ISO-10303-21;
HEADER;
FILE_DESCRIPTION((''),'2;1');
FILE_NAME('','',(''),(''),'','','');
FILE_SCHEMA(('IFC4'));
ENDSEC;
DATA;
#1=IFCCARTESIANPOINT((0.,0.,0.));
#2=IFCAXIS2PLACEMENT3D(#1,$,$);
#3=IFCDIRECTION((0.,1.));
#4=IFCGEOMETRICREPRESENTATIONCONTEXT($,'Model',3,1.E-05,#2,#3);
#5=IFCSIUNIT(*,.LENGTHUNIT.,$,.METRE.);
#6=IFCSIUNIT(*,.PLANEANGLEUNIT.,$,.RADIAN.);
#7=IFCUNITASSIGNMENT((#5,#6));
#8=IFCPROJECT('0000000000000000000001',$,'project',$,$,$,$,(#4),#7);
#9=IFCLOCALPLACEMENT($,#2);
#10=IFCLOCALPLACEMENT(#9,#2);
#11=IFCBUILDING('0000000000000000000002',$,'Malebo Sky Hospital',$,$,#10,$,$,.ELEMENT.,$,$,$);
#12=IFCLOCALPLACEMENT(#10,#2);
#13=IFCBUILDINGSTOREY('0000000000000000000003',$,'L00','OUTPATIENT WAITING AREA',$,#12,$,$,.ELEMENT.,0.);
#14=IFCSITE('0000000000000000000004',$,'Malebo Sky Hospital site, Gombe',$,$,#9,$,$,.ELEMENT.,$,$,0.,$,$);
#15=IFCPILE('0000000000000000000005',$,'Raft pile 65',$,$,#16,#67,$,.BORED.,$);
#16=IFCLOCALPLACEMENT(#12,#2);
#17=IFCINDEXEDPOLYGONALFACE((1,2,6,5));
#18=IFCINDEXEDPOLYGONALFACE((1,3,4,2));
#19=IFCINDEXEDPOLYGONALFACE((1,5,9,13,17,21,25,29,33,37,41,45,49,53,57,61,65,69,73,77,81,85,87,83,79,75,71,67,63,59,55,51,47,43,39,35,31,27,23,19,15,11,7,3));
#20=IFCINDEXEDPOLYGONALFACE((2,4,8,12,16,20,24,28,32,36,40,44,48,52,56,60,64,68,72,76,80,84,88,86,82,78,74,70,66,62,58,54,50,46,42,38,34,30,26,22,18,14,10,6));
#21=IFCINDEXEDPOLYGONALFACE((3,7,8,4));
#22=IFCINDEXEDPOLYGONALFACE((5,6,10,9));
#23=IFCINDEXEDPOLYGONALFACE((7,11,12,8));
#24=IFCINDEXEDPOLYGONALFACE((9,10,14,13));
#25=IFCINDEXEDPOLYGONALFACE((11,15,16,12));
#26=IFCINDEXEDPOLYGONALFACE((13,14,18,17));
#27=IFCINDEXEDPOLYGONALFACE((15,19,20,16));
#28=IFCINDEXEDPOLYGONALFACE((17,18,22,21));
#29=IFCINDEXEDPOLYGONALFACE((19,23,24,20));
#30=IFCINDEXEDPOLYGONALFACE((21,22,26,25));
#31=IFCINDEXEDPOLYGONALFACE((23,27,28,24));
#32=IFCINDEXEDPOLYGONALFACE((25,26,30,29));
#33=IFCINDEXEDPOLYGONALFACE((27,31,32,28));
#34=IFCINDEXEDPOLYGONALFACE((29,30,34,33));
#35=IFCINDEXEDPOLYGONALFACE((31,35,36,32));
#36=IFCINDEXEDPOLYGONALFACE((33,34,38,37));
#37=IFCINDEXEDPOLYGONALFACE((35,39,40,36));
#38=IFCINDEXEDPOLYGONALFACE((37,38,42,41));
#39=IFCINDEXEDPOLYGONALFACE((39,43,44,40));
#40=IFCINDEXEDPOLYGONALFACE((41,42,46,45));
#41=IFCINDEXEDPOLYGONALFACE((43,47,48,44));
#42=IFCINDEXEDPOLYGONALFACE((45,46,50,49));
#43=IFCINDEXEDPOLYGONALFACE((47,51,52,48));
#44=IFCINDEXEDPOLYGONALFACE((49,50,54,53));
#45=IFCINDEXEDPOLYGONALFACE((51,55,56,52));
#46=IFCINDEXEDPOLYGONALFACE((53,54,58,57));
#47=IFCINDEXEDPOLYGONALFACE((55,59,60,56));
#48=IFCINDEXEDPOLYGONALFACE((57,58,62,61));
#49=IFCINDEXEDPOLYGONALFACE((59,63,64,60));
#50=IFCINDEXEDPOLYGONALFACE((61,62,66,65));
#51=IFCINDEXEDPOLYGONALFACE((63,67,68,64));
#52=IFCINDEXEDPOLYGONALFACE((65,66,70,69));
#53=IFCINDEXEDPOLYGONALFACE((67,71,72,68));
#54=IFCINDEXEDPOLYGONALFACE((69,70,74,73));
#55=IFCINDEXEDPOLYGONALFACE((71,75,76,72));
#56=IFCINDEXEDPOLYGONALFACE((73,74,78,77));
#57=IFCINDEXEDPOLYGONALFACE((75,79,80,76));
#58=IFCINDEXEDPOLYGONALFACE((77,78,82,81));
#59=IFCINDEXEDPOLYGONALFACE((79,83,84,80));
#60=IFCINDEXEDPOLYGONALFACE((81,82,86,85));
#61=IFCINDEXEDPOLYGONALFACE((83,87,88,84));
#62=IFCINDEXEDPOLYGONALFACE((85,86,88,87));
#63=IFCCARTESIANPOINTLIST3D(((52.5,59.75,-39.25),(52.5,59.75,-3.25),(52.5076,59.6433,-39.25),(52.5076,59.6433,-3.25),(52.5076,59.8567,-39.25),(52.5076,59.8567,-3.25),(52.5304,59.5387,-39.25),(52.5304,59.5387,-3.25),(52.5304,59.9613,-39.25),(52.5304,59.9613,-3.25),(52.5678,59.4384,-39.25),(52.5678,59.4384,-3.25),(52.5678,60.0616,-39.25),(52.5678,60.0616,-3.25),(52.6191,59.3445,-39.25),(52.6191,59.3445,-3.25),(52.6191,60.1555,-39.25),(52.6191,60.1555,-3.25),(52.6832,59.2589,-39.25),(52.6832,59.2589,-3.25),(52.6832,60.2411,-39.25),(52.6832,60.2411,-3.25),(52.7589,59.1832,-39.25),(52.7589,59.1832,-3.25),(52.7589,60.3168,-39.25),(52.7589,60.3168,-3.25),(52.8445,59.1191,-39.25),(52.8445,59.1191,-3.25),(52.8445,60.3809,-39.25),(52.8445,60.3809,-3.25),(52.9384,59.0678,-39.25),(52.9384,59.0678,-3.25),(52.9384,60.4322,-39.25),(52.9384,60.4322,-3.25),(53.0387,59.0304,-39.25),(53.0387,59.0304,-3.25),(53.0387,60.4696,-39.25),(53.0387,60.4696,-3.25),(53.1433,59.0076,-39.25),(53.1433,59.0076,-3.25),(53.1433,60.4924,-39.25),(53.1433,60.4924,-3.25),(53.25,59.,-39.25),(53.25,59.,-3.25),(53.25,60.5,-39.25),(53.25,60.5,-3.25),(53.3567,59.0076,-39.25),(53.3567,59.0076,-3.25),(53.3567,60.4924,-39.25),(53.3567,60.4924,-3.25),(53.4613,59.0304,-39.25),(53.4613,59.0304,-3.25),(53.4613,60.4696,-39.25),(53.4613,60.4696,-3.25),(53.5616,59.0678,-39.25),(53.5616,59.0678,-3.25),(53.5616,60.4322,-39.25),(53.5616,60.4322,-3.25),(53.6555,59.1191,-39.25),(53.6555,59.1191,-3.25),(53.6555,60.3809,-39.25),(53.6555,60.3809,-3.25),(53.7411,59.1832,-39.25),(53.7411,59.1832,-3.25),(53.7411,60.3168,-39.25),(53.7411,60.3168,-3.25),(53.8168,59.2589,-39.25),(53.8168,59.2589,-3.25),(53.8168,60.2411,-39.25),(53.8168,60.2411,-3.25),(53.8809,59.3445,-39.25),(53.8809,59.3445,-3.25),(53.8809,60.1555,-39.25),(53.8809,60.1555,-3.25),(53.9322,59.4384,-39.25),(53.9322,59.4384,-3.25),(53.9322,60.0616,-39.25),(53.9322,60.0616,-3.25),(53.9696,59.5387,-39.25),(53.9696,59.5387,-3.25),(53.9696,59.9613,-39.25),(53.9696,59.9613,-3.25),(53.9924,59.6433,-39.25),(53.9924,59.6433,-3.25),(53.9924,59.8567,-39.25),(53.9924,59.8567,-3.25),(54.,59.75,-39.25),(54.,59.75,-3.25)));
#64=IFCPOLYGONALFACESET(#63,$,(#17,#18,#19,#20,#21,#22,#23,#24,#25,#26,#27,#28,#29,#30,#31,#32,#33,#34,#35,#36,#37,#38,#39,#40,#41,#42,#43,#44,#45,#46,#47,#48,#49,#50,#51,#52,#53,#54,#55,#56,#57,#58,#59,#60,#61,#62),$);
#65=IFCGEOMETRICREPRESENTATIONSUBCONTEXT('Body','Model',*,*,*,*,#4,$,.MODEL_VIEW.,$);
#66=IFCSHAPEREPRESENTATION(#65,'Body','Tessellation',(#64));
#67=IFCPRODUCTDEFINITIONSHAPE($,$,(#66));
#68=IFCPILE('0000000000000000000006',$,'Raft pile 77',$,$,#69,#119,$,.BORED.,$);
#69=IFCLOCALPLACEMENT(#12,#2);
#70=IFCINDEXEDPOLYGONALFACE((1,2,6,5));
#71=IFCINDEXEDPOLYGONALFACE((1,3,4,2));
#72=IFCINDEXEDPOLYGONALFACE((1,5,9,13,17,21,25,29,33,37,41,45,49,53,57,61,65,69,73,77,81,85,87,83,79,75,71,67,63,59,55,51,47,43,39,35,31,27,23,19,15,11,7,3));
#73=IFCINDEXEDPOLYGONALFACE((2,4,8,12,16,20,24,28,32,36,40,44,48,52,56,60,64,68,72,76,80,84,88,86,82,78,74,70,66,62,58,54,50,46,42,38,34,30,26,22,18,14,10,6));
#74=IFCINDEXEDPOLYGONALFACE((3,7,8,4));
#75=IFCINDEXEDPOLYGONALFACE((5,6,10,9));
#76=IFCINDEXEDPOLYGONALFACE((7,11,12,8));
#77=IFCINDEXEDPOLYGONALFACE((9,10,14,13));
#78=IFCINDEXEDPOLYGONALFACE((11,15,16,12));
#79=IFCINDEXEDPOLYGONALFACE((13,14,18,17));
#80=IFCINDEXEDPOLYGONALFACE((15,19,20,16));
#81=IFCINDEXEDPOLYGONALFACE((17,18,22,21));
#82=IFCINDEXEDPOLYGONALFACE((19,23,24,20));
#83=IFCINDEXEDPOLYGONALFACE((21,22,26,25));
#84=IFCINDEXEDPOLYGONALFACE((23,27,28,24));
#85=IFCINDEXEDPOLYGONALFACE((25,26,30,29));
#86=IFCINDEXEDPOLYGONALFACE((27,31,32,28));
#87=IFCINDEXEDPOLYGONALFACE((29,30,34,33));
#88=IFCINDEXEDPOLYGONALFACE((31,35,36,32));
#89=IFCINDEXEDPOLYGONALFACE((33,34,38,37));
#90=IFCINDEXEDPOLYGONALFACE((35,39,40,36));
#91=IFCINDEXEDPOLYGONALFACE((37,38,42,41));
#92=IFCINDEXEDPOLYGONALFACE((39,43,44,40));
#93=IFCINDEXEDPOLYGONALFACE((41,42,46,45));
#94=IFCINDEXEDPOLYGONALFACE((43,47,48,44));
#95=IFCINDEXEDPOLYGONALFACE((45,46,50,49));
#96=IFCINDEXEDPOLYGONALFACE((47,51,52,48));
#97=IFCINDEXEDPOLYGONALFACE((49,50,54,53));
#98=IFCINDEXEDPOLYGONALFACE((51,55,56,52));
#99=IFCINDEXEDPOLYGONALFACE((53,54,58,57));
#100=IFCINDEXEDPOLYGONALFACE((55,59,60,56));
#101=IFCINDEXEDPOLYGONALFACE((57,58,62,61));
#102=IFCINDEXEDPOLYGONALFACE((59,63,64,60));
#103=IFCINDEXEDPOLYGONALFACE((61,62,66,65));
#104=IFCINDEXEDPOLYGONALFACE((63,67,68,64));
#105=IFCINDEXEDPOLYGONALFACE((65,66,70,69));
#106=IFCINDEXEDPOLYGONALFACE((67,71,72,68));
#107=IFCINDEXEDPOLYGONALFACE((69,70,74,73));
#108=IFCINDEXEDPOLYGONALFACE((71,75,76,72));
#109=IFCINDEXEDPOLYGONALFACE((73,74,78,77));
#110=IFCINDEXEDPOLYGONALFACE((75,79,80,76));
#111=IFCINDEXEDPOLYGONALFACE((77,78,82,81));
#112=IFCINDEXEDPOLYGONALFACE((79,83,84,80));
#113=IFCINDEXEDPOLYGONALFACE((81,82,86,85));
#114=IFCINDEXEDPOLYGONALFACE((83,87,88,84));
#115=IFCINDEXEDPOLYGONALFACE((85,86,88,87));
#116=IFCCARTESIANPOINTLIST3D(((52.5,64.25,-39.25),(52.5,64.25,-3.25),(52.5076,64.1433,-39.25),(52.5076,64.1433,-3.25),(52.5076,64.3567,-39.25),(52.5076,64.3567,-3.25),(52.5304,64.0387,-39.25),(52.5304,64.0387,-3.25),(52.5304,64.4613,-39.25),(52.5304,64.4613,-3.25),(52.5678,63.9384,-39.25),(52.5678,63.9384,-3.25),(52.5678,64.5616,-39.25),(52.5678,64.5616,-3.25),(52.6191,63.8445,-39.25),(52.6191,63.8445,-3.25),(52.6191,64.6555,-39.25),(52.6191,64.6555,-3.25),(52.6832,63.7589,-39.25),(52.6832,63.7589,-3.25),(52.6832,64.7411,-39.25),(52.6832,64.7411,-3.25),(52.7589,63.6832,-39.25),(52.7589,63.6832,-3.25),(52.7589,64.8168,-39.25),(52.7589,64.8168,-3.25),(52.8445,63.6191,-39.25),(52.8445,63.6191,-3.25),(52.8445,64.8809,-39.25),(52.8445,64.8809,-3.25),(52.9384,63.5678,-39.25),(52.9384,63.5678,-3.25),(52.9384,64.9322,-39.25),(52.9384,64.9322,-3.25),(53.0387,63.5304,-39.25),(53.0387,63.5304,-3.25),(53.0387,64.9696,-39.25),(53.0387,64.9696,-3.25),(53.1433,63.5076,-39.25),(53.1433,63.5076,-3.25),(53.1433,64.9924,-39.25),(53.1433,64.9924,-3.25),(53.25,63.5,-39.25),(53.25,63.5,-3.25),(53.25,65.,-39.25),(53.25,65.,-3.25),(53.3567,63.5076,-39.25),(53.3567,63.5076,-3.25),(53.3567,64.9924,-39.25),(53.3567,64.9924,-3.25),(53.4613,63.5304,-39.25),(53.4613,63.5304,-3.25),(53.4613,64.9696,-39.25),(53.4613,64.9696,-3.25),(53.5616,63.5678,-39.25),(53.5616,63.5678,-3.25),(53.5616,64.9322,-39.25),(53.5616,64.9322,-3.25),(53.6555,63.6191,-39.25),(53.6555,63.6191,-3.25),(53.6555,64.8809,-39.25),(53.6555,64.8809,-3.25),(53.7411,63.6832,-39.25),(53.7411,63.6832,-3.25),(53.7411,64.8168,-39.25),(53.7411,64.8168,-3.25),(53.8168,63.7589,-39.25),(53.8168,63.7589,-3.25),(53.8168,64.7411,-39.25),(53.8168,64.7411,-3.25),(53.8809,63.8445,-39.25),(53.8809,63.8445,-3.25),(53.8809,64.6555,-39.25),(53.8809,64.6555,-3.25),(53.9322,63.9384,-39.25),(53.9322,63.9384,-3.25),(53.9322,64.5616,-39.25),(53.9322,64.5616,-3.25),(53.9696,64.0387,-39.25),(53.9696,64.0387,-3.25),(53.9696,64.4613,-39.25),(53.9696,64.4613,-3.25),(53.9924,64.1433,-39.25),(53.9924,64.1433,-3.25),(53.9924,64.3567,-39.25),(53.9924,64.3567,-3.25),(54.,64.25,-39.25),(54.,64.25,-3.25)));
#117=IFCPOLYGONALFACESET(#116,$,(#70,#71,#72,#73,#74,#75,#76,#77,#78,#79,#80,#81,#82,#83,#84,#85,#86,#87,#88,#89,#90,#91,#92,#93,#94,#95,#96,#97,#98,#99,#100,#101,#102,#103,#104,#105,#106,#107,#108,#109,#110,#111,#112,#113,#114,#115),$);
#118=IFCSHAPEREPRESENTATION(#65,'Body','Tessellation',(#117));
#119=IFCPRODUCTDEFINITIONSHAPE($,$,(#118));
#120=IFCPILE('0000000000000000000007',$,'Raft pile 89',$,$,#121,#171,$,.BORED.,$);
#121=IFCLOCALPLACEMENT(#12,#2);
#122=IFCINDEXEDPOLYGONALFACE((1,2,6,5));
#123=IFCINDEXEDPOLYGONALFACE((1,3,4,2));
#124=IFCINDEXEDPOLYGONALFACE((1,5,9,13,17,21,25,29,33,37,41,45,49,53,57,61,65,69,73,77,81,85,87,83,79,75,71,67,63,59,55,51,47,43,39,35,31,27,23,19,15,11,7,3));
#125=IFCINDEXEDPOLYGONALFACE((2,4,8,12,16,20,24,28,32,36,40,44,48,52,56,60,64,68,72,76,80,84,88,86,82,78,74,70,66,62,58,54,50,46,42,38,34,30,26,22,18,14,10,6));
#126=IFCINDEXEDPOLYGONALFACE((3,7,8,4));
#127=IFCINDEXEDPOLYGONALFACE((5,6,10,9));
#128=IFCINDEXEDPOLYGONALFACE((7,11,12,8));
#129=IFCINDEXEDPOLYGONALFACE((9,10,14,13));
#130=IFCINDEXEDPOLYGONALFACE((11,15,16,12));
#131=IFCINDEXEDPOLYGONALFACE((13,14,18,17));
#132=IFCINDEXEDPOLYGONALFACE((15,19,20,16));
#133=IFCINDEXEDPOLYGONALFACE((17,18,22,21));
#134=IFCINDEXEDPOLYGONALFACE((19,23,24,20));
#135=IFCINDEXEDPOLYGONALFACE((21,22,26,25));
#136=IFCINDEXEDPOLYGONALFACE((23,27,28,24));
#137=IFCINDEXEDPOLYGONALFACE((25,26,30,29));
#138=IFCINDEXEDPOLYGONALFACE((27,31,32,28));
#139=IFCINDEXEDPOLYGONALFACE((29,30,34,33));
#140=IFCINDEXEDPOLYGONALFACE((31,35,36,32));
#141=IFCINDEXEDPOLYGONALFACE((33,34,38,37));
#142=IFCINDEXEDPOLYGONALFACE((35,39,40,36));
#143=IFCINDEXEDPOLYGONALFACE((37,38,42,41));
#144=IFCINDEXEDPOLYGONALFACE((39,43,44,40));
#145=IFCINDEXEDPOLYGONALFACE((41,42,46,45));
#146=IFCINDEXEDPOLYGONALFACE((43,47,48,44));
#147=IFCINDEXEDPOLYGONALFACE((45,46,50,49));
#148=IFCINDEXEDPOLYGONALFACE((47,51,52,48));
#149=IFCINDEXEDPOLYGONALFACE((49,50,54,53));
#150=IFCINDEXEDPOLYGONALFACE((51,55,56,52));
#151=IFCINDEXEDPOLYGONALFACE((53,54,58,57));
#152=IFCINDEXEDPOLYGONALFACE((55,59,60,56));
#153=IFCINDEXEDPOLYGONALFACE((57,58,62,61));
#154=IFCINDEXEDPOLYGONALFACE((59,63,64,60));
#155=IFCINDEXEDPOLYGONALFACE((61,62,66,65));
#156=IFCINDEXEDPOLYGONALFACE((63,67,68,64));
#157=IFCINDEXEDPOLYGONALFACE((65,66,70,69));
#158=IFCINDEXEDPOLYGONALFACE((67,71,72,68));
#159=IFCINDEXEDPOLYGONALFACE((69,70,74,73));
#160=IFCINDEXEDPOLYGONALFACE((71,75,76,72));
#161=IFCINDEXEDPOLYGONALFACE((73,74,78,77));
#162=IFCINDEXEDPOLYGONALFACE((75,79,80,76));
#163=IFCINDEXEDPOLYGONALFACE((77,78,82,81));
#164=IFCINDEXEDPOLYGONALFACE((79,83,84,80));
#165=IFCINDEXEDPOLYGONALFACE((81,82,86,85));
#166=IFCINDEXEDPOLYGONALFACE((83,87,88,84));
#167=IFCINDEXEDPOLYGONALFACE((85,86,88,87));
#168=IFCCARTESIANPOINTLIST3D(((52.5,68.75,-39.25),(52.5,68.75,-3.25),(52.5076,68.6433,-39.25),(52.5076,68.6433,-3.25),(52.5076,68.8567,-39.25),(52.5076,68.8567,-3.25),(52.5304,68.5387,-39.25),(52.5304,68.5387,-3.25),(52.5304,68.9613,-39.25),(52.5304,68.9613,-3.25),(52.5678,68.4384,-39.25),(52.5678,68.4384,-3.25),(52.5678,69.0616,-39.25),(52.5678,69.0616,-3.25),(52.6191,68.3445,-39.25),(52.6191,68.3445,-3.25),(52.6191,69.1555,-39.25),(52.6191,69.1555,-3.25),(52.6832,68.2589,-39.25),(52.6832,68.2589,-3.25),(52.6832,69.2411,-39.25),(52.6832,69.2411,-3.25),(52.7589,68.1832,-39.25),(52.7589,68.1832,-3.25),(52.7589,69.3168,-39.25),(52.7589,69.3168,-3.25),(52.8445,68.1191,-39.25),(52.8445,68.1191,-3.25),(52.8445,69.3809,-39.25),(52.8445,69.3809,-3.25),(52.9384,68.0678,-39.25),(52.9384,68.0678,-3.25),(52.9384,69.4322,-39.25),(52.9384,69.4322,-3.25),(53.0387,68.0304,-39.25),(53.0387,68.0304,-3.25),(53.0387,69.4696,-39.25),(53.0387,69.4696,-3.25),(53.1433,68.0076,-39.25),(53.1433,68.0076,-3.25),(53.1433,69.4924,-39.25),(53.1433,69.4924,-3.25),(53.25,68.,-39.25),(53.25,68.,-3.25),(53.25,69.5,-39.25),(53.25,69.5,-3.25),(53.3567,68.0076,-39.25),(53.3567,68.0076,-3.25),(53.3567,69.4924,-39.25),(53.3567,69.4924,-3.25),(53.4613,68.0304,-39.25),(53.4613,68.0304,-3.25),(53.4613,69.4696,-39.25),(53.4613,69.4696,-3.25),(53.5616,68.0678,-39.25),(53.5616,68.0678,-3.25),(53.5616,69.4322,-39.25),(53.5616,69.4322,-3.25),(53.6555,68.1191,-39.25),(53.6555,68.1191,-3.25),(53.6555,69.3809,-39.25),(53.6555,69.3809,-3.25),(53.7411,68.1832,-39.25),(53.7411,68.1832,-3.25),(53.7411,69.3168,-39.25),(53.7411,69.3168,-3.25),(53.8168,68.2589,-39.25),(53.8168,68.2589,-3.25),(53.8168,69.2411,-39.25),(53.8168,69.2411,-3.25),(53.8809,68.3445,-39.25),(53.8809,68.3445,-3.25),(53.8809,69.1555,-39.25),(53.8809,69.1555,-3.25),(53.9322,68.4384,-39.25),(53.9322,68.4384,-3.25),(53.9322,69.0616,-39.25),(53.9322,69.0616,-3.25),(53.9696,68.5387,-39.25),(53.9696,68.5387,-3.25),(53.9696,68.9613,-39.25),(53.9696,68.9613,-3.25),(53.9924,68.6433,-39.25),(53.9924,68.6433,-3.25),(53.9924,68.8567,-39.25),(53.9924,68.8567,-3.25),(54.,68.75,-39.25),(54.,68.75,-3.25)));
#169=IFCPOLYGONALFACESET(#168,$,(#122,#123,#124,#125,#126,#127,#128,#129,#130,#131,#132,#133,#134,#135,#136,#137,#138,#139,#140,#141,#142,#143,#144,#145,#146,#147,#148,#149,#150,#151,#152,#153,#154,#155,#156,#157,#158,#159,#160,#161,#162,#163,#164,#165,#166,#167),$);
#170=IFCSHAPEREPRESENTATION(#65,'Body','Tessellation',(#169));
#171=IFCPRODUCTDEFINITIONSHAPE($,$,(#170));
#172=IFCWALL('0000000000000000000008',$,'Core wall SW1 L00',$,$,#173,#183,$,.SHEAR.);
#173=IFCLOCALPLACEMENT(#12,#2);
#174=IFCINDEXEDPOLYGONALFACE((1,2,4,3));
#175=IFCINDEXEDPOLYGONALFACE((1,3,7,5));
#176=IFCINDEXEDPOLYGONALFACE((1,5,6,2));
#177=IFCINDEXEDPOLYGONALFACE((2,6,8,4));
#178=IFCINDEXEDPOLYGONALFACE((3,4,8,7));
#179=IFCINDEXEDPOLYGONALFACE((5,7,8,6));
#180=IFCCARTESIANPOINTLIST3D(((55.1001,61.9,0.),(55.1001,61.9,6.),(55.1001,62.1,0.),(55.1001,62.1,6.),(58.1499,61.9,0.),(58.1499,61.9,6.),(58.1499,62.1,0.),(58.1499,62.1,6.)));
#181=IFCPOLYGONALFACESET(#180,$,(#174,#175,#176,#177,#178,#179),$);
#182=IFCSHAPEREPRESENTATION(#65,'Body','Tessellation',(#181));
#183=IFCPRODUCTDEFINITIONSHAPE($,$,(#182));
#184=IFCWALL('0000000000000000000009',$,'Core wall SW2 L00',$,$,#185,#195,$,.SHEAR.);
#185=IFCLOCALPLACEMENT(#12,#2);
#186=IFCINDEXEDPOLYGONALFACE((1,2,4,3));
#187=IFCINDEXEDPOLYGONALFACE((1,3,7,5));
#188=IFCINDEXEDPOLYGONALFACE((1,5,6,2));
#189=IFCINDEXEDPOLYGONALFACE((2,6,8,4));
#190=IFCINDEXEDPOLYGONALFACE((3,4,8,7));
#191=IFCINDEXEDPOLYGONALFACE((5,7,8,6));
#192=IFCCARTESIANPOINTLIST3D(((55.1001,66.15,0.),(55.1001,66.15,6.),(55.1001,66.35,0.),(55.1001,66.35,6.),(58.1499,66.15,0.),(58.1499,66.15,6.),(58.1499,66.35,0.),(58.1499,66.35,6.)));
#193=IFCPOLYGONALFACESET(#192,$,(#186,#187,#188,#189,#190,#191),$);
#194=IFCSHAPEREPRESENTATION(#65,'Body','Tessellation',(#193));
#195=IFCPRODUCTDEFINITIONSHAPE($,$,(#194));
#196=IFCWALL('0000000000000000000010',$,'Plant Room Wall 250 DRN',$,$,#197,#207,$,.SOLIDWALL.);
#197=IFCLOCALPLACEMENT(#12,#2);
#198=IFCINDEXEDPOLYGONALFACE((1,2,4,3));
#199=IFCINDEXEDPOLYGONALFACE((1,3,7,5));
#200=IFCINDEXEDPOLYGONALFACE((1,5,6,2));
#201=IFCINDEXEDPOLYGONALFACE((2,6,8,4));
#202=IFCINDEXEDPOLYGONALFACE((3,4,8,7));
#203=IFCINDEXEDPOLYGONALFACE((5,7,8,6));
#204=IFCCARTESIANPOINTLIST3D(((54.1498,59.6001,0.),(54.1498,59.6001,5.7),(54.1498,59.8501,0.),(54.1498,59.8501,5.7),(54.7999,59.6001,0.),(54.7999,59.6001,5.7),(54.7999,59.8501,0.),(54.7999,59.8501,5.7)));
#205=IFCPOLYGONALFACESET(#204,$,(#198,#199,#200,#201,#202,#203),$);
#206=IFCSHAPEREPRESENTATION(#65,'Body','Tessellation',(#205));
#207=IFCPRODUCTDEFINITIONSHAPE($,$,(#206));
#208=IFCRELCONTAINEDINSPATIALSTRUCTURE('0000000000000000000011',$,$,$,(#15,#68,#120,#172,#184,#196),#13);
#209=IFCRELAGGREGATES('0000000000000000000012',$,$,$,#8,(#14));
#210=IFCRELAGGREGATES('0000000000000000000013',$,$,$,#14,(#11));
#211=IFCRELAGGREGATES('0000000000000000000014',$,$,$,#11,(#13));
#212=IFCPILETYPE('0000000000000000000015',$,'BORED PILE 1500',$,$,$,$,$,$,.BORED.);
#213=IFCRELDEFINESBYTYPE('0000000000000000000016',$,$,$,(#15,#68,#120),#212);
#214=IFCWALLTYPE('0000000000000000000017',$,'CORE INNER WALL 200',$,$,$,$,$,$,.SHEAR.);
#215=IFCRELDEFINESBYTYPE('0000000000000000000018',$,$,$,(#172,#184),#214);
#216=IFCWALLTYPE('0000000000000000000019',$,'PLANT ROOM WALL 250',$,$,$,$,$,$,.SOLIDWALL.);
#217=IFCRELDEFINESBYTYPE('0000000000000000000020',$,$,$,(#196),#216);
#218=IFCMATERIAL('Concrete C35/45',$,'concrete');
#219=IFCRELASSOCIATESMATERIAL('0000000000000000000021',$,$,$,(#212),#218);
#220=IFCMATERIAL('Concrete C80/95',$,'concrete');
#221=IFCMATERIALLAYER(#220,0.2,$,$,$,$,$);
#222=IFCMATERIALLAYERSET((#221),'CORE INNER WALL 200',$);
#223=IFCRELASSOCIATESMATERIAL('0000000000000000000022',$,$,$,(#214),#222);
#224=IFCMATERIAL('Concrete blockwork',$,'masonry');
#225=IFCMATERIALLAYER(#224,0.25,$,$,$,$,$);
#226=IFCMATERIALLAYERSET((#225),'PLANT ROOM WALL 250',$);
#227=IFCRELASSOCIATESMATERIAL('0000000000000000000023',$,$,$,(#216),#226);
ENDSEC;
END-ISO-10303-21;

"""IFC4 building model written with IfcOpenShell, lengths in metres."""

from ifc_helpers import new_model, si_unit, direction, frame, frame_2d, origin, origin_2d, place, context, subcontext, project, spatial, rectangle, circle, extrude, material, layer, layer_set, material_profile, profile_set, type_object, element, save


model = new_model("IFC4")

# Units and contexts
model_context = context("Model", 3, precision=1e-05, world=origin(), true_north=direction((0.0, 1.0)))
body_context = subcontext(model_context, "Body", "Model", "MODEL_VIEW")
ifc_project = project(units=[si_unit("LENGTHUNIT", "METRE"), si_unit("PLANEANGLEUNIT", "RADIAN")], contexts=[model_context])

# Site, building, storey
site_placement = place(None, origin())
site = spatial("IfcSite", under=ifc_project, at=site_placement, Name="Malebo Sky Hospital site, Gombe", CompositionType="ELEMENT", RefElevation=0.0)
building_placement = place(site_placement, origin())
building = spatial("IfcBuilding", under=site, at=building_placement, Name="Malebo Sky Hospital", CompositionType="ELEMENT")
storey_placement = place(building_placement, origin())
storey = spatial("IfcBuildingStorey", under=building, at=storey_placement, Name="L00", Description="OUTPATIENT WAITING AREA", CompositionType="ELEMENT", Elevation=0.0)

# Piles
ifc_material_1 = material(Name="Concrete C35/45", Category="concrete")
ifc_material_profile = material_profile(ifc_material_1, circle(Radius=0.75, at=origin_2d()), Name="BP 1500")
ifc_profile_set = profile_set([ifc_material_profile], Name="Concrete C35/45")
pile_type = type_object("IfcPileType", Name="BORED PILE 1500", PredefinedType="BORED", material=ifc_profile_set)
for number, where, z_axis, x_axis, name in (
    (1, (53.25, 59.75, -3.25), (0.0, 0.0, -1.0), (1.0, 0.0, 0.0), "Raft pile 65"),
    (2, (53.25, 64.25, -3.25), (0.0, 0.0, -1.0), (1.0, 0.0, 0.0), "Raft pile 77"),
    (3, (53.25, 68.75, -3.25), (0.0, 0.0, -1.0), (1.0, 0.0, 0.0), "Raft pile 89"),
):
    element("IfcPile", number, at=place(storey_placement, frame(where, z_axis=z_axis, x_axis=x_axis)), inside=storey, type_object=pile_type, Name=name, PredefinedType="BORED", context=body_context, shape_type="SweptSolid", body=[
        extrude(circle(Radius=0.75, at=origin_2d()), origin(), (0.0, 0.0, 1.0), 36.0),
    ])

# Walls
ifc_material_2 = material(Name="Concrete C80/95", Category="concrete")
ifc_layer_1 = layer(ifc_material_2, 0.2)
ifc_layer_set_1 = layer_set([ifc_layer_1], Name="CORE INNER WALL 200")
wall_type_1 = type_object("IfcWallType", Name="CORE INNER WALL 200", PredefinedType="SHEAR", material=ifc_layer_set_1)
for number, where, z_axis, x_axis, name in (
    (4, (55.1001, 62.0, 0.0), (0.0, 0.0, 1.0), (1.0, 0.0, 0.0), "Core wall SW1 L00"),
    (5, (55.1001, 66.25, 0.0), (0.0, 0.0, 1.0), (1.0, 0.0, 0.0), "Core wall SW2 L00"),
):
    element("IfcWall", number, at=place(storey_placement, frame(where, z_axis=z_axis, x_axis=x_axis)), inside=storey, type_object=wall_type_1, Name=name, PredefinedType="SHEAR", context=body_context, shape_type="SweptSolid", body=[
        extrude(rectangle(XDim=3.0498, YDim=0.2, at=frame_2d((1.5249, 0.0))), origin(), (0.0, 0.0, 1.0), 6.0),
    ])
ifc_material_3 = material(Name="Concrete blockwork", Category="masonry")
ifc_layer_2 = layer(ifc_material_3, 0.25)
ifc_layer_set_2 = layer_set([ifc_layer_2], Name="PLANT ROOM WALL 250")
wall_type_2 = type_object("IfcWallType", Name="PLANT ROOM WALL 250", PredefinedType="SOLIDWALL", material=ifc_layer_set_2)
wall_1_placement = place(storey_placement, frame((54.8, 59.7251, 0.0), z_axis=(0.0, 0.0, 1.0), x_axis=(-1.0, 0.0, 0.0)))
element("IfcWall", 6, at=wall_1_placement, inside=storey, type_object=wall_type_2, Name="Plant Room Wall 250 DRN", PredefinedType="SOLIDWALL", context=body_context, shape_type="SweptSolid", body=[
    extrude(rectangle(XDim=0.6501, YDim=0.25, at=frame_2d((0.3252, 0.0))), origin(), (0.0, 0.0, 1.0), 5.7),
])

save(model, "model.ifc")
